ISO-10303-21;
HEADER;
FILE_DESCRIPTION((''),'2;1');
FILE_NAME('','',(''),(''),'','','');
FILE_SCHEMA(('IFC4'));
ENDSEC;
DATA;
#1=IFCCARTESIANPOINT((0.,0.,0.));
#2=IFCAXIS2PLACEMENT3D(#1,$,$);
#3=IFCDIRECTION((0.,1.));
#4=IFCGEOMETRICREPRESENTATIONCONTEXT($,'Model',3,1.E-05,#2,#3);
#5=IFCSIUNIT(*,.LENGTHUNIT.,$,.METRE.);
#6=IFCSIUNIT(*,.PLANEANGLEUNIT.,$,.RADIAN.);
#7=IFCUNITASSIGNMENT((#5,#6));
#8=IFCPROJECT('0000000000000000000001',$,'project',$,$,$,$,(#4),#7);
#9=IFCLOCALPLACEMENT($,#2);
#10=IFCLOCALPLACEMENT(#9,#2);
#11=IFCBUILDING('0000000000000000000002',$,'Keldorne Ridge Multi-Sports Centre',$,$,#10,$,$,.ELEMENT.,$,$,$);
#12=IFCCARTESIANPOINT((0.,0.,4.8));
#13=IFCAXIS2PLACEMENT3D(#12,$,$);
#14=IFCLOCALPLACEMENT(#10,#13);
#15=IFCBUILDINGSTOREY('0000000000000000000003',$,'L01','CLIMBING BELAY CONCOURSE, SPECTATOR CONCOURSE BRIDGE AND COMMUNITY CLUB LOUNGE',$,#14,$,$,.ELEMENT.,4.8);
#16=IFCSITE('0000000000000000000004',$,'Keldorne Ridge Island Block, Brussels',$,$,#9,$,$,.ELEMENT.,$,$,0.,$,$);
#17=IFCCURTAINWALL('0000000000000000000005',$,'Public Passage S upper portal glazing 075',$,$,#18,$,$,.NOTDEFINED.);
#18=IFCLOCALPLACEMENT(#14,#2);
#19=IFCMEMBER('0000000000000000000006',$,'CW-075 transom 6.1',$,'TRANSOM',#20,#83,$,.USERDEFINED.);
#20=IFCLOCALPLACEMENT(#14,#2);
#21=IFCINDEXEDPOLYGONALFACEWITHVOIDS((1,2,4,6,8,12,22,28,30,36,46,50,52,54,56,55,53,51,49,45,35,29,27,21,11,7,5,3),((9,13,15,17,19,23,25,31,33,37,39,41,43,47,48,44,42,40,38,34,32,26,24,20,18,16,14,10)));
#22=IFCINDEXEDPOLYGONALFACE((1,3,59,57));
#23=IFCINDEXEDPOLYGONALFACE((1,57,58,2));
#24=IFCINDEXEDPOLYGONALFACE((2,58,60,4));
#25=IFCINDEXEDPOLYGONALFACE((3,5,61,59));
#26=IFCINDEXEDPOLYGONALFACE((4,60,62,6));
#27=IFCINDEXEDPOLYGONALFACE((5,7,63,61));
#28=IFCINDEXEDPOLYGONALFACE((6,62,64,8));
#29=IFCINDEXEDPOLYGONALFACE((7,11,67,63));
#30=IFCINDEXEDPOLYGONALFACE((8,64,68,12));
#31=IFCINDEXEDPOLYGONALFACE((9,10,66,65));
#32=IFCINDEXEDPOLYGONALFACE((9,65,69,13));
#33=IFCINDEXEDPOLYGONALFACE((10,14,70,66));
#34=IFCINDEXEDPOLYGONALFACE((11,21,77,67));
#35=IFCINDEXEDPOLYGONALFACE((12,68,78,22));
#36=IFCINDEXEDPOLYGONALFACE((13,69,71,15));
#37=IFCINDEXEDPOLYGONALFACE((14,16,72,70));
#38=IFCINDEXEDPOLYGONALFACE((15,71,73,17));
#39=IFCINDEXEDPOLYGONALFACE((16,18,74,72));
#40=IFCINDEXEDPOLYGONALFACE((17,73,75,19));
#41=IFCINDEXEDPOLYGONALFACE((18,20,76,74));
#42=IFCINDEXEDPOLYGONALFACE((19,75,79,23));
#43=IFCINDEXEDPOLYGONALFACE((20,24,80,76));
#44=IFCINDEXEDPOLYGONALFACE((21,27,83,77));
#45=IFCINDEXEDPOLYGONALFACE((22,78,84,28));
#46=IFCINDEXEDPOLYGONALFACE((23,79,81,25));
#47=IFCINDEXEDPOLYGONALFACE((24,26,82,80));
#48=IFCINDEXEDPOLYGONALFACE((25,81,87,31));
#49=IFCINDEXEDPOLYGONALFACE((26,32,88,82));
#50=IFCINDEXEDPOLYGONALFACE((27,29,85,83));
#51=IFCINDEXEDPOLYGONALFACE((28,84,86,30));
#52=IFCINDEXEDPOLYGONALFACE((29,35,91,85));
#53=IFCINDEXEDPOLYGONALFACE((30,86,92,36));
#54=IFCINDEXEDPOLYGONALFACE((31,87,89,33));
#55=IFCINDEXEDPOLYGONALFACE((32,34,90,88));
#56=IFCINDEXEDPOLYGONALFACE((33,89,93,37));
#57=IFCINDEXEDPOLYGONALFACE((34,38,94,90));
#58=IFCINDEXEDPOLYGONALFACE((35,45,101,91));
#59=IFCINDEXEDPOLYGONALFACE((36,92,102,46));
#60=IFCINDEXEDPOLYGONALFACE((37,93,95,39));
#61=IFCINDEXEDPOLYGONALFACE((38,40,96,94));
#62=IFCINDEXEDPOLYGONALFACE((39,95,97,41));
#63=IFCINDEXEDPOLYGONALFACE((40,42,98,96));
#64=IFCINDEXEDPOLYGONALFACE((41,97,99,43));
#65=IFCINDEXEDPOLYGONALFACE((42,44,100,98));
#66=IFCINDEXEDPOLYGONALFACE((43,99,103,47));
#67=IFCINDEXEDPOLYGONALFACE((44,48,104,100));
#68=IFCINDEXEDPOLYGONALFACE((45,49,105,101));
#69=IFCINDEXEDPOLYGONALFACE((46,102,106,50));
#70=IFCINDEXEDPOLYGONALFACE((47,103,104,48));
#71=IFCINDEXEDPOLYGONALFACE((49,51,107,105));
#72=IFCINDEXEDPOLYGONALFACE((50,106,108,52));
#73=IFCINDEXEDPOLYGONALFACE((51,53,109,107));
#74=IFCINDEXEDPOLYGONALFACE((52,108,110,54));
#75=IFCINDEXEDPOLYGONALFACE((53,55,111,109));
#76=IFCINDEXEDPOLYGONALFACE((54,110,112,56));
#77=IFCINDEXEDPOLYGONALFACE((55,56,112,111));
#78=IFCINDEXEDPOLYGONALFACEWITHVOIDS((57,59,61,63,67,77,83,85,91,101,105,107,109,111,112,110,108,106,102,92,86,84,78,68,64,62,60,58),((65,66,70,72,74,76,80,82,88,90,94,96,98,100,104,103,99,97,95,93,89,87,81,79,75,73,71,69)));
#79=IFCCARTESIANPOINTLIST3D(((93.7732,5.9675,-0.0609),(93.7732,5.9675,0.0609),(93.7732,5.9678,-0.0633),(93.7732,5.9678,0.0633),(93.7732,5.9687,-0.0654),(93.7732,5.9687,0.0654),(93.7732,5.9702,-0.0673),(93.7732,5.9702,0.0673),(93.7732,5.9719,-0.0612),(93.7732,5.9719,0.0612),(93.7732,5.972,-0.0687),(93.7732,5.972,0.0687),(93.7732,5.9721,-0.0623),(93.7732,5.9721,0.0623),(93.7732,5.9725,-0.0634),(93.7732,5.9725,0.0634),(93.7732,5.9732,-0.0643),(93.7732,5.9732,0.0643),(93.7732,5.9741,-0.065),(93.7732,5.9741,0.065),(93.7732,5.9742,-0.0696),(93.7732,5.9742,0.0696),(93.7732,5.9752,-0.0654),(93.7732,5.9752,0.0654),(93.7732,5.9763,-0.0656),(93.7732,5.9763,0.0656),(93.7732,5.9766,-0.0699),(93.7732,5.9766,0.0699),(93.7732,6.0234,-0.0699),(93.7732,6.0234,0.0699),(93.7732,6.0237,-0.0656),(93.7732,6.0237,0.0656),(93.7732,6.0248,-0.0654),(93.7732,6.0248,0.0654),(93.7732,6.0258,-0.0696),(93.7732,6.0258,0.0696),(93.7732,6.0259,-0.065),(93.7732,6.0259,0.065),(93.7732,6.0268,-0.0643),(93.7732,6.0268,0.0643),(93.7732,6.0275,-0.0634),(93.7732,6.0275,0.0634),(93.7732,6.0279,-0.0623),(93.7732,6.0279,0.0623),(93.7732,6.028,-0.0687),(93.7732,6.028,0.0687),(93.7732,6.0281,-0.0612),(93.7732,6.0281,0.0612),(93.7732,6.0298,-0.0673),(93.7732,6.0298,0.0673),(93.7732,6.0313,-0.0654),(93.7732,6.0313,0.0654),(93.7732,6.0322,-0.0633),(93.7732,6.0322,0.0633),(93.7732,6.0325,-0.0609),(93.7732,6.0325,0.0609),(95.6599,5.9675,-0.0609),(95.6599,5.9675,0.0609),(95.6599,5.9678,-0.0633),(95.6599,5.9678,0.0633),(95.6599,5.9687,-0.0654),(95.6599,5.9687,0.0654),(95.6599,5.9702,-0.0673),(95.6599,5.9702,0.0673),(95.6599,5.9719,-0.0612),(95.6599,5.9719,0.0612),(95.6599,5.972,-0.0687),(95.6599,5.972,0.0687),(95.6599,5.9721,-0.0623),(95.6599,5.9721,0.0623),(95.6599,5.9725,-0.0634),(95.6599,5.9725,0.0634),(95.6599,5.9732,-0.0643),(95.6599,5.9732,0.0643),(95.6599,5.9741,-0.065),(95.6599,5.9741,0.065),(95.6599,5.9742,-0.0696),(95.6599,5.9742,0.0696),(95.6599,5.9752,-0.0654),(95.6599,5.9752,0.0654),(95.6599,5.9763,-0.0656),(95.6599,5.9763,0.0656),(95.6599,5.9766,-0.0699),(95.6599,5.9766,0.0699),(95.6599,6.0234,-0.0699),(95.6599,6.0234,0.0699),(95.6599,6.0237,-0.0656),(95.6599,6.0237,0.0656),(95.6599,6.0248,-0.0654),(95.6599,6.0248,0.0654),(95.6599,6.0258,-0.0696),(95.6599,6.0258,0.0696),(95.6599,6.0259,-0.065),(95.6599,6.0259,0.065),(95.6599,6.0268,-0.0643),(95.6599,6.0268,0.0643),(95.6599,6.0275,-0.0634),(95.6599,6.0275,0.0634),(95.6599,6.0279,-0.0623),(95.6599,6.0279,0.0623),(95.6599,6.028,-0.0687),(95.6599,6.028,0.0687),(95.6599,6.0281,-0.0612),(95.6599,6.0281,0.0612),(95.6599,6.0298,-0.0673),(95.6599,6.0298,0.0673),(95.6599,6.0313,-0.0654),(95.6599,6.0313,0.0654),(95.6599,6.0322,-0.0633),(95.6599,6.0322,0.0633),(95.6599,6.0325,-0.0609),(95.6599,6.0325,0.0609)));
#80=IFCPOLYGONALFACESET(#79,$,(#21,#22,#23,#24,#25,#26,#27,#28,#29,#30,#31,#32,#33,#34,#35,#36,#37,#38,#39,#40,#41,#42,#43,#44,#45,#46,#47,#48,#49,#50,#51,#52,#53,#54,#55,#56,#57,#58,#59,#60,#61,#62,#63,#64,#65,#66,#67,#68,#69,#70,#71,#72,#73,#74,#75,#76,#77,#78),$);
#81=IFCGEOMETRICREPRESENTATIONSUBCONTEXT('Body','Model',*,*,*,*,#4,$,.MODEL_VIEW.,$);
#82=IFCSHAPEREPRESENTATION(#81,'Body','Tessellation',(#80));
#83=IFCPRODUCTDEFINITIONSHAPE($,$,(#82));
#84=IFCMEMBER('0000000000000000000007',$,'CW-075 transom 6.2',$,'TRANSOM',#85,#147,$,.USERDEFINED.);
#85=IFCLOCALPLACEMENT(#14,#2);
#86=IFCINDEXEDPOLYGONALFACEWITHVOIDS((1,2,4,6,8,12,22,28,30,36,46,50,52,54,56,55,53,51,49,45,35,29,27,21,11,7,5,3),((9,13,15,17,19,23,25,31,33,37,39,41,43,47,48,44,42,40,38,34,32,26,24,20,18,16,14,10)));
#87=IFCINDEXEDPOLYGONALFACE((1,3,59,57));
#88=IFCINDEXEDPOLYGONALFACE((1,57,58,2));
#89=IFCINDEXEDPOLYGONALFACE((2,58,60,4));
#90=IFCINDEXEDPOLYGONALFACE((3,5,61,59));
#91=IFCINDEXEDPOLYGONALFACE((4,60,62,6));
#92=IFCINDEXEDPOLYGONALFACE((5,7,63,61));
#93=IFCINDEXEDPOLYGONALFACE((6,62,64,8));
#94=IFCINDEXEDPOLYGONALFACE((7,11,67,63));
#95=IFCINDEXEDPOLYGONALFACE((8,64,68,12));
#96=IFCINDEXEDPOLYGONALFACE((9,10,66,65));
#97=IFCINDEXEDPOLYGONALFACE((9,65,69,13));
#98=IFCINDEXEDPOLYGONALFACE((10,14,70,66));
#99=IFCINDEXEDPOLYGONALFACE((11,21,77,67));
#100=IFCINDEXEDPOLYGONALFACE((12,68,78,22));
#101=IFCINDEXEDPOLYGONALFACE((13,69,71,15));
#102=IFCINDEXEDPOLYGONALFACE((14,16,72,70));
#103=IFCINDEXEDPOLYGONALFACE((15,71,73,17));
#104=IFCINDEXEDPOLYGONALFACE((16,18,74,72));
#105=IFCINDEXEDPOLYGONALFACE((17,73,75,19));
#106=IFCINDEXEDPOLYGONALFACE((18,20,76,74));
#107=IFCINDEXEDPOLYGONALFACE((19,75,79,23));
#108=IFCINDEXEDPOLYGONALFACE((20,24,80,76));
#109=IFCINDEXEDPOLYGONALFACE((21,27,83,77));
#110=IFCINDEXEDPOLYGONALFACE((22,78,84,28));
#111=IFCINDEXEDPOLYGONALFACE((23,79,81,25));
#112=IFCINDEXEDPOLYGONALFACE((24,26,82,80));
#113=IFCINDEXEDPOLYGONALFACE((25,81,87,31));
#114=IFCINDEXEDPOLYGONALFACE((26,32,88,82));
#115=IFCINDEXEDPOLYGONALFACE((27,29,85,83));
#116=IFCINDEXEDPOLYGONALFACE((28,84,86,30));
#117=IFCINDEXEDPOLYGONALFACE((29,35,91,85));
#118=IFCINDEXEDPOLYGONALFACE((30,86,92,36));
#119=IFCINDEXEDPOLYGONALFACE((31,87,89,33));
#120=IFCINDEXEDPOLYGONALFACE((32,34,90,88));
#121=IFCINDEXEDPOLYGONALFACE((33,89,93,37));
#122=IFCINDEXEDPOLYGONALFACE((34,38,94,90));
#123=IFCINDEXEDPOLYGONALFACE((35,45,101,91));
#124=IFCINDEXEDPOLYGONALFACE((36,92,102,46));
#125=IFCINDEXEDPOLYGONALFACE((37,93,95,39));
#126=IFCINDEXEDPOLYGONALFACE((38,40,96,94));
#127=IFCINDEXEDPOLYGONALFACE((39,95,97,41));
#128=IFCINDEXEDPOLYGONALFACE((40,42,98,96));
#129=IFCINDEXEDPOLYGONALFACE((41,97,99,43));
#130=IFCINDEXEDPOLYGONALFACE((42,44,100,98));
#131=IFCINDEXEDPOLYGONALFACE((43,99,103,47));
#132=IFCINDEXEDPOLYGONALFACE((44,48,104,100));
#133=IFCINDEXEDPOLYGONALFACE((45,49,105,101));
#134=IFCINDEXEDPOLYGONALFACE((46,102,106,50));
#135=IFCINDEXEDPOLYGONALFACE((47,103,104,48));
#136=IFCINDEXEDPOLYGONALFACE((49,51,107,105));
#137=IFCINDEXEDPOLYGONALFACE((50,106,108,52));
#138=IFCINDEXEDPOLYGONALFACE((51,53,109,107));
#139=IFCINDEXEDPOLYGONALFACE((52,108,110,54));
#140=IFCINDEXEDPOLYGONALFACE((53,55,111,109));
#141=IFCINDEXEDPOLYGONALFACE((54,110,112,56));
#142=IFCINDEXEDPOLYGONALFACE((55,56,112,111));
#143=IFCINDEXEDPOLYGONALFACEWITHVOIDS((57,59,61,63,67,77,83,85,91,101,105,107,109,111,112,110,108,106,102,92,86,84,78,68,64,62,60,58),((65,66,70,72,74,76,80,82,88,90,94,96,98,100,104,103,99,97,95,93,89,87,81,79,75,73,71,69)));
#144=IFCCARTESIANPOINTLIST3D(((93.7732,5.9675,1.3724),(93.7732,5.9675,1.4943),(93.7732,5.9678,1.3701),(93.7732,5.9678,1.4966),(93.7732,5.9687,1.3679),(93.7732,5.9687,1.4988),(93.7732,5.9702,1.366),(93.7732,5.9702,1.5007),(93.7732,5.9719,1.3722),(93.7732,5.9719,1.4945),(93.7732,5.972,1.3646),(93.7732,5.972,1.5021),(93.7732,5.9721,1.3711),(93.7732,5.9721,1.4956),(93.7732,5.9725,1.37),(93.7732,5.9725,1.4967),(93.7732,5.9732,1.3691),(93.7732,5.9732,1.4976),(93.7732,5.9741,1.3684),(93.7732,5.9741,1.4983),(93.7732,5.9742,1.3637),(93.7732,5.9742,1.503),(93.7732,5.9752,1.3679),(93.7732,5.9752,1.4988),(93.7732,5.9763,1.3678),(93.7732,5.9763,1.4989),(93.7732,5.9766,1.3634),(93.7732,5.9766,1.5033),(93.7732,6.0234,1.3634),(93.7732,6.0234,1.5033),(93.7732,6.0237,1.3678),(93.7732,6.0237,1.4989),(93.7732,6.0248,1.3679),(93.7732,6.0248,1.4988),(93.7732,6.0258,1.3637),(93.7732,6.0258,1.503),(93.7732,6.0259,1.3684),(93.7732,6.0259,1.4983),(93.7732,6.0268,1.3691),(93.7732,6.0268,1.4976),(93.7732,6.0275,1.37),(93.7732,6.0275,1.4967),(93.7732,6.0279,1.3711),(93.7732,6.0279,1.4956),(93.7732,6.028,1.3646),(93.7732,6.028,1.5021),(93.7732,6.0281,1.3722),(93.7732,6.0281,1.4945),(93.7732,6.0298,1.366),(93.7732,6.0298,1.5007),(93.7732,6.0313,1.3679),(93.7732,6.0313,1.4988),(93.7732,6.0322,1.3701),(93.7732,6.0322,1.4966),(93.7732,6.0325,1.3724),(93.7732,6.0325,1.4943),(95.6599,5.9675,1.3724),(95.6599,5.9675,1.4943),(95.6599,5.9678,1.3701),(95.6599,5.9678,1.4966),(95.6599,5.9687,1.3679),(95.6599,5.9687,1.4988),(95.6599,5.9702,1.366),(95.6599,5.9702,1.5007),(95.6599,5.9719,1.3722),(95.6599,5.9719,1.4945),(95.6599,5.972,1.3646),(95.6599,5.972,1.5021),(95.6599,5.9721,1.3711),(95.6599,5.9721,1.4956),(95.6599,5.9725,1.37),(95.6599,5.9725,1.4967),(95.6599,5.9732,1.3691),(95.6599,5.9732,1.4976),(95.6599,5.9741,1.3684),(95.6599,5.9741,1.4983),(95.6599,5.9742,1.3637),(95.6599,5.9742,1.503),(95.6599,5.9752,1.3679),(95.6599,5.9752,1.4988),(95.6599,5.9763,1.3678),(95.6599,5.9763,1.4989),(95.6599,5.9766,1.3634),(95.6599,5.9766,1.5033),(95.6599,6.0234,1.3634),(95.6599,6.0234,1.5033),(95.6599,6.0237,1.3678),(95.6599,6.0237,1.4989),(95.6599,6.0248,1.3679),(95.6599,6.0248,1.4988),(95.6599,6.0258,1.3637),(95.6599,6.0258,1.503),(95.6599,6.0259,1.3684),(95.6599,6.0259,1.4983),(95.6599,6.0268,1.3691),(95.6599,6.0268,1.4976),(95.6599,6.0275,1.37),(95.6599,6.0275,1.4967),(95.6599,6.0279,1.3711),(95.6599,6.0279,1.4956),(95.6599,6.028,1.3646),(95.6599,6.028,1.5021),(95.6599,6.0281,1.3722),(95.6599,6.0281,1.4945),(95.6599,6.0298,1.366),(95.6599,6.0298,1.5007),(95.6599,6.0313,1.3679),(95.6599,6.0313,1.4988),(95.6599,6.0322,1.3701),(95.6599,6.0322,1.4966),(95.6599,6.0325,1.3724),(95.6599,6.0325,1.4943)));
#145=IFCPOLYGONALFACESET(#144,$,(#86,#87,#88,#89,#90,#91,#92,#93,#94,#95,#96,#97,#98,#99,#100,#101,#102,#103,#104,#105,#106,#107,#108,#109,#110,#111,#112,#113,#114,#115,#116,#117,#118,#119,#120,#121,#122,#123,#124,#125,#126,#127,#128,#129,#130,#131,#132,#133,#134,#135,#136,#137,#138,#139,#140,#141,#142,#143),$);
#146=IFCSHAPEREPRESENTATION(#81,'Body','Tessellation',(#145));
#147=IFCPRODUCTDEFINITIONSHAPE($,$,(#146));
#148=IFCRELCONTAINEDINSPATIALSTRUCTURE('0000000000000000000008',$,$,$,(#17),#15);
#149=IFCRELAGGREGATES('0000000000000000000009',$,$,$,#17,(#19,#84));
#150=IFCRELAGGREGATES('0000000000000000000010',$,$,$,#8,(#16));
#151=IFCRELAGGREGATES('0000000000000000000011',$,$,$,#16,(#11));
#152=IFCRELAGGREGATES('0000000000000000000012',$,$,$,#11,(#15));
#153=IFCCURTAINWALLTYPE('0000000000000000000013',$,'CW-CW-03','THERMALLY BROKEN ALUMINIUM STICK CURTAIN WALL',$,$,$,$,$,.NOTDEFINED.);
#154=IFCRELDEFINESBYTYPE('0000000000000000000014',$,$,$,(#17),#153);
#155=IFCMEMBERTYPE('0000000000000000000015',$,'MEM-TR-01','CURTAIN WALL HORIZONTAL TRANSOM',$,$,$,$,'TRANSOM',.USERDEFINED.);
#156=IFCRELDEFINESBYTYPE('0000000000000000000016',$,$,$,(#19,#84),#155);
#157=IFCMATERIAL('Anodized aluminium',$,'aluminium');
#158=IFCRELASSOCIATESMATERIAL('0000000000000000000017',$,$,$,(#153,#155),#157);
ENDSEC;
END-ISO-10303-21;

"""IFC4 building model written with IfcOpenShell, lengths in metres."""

from ifc_helpers import new_model, si_unit, direction, frame, origin, origin_2d, place, context, subcontext, project, spatial, hollow_rectangle, extrude, material, material_profile, profile_set, type_object, element, aggregate, save


model = new_model("IFC4")

# Units and contexts
model_context = context("Model", 3, precision=1e-05, world=origin(), true_north=direction((0.0, 1.0)))
body_context = subcontext(model_context, "Body", "Model", "MODEL_VIEW")
ifc_project = project(units=[si_unit("LENGTHUNIT", "METRE"), si_unit("PLANEANGLEUNIT", "RADIAN")], contexts=[model_context])

# Site, building, storey
site_placement = place(None, origin())
site = spatial("IfcSite", under=ifc_project, at=site_placement, Name="Keldorne Ridge Island Block, Brussels", CompositionType="ELEMENT", RefElevation=0.0)
building_placement = place(site_placement, origin())
building = spatial("IfcBuilding", under=site, at=building_placement, Name="Keldorne Ridge Multi-Sports Centre", CompositionType="ELEMENT")
storey_placement = place(building_placement, frame((0.0, 0.0, 4.8)))
storey = spatial("IfcBuildingStorey", under=building, at=storey_placement, Name="L01", Description="CLIMBING BELAY CONCOURSE, SPECTATOR CONCOURSE BRIDGE AND COMMUNITY CLUB LOUNGE", CompositionType="ELEMENT", Elevation=4.8)

# Curtain wall
ifc_material_1 = material(Name="Anodized aluminium", Category="aluminium")
curtain_wall_type_1 = type_object("IfcCurtainWallType", Name="CW-CW-03", Description="THERMALLY BROKEN ALUMINIUM STICK CURTAIN WALL", PredefinedType="NOTDEFINED", material=ifc_material_1)
curtain_wall_1_placement = place(storey_placement, origin())
curtain_wall_1 = element("IfcCurtainWall", 1, at=curtain_wall_1_placement, inside=storey, type_object=curtain_wall_type_1, Name="Public Passage S upper portal glazing 075", PredefinedType="NOTDEFINED")

# Members
ifc_material_profile_1 = material_profile(ifc_material_1, hollow_rectangle(XDim=0.0649, YDim=0.1399, WallThickness=0.0044, InnerFilletRadius=0.0044, OuterFilletRadius=0.009, at=origin_2d()), Name="ALU TRANSOM 140x65x4.5")
ifc_profile_set_1 = profile_set([ifc_material_profile_1], Name="Anodized aluminium")
member_type_1 = type_object("IfcMemberType", Name="MEM-TR-01", Description="CURTAIN WALL HORIZONTAL TRANSOM", ElementType="TRANSOM", PredefinedType="USERDEFINED", material=ifc_profile_set_1)
member_1_placement = place(storey_placement, frame((93.7732, 6.0, 0.0), z_axis=(1.0, 0.0, 0.0), x_axis=(0.0, 1.0, 0.0)))
member_1 = element("IfcMember", 2, at=member_1_placement, type_object=member_type_1, Name="CW-075 transom 6.1", ObjectType="TRANSOM", PredefinedType="USERDEFINED", context=body_context, shape_type="SweptSolid", body=[
    extrude(hollow_rectangle(XDim=0.0649, YDim=0.1399, WallThickness=0.0044, InnerFilletRadius=0.0044, OuterFilletRadius=0.009, at=origin_2d()), origin(), (0.0, 0.0, 1.0), 1.8867),
])
member_2_placement = place(storey_placement, frame((93.7732, 6.0, 1.4333), z_axis=(1.0, 0.0, 0.0), x_axis=(0.0, 1.0, 0.0)))
member_2 = element("IfcMember", 3, at=member_2_placement, type_object=member_type_1, Name="CW-075 transom 6.2", ObjectType="TRANSOM", PredefinedType="USERDEFINED", context=body_context, shape_type="SweptSolid", body=[
    extrude(hollow_rectangle(XDim=0.0649, YDim=0.1399, WallThickness=0.0044, InnerFilletRadius=0.0044, OuterFilletRadius=0.009, at=origin_2d()), origin(), (0.0, 0.0, 1.0), 1.8867),
])

aggregate(curtain_wall_1, [member_1, member_2])

save(model, "model.ifc")
